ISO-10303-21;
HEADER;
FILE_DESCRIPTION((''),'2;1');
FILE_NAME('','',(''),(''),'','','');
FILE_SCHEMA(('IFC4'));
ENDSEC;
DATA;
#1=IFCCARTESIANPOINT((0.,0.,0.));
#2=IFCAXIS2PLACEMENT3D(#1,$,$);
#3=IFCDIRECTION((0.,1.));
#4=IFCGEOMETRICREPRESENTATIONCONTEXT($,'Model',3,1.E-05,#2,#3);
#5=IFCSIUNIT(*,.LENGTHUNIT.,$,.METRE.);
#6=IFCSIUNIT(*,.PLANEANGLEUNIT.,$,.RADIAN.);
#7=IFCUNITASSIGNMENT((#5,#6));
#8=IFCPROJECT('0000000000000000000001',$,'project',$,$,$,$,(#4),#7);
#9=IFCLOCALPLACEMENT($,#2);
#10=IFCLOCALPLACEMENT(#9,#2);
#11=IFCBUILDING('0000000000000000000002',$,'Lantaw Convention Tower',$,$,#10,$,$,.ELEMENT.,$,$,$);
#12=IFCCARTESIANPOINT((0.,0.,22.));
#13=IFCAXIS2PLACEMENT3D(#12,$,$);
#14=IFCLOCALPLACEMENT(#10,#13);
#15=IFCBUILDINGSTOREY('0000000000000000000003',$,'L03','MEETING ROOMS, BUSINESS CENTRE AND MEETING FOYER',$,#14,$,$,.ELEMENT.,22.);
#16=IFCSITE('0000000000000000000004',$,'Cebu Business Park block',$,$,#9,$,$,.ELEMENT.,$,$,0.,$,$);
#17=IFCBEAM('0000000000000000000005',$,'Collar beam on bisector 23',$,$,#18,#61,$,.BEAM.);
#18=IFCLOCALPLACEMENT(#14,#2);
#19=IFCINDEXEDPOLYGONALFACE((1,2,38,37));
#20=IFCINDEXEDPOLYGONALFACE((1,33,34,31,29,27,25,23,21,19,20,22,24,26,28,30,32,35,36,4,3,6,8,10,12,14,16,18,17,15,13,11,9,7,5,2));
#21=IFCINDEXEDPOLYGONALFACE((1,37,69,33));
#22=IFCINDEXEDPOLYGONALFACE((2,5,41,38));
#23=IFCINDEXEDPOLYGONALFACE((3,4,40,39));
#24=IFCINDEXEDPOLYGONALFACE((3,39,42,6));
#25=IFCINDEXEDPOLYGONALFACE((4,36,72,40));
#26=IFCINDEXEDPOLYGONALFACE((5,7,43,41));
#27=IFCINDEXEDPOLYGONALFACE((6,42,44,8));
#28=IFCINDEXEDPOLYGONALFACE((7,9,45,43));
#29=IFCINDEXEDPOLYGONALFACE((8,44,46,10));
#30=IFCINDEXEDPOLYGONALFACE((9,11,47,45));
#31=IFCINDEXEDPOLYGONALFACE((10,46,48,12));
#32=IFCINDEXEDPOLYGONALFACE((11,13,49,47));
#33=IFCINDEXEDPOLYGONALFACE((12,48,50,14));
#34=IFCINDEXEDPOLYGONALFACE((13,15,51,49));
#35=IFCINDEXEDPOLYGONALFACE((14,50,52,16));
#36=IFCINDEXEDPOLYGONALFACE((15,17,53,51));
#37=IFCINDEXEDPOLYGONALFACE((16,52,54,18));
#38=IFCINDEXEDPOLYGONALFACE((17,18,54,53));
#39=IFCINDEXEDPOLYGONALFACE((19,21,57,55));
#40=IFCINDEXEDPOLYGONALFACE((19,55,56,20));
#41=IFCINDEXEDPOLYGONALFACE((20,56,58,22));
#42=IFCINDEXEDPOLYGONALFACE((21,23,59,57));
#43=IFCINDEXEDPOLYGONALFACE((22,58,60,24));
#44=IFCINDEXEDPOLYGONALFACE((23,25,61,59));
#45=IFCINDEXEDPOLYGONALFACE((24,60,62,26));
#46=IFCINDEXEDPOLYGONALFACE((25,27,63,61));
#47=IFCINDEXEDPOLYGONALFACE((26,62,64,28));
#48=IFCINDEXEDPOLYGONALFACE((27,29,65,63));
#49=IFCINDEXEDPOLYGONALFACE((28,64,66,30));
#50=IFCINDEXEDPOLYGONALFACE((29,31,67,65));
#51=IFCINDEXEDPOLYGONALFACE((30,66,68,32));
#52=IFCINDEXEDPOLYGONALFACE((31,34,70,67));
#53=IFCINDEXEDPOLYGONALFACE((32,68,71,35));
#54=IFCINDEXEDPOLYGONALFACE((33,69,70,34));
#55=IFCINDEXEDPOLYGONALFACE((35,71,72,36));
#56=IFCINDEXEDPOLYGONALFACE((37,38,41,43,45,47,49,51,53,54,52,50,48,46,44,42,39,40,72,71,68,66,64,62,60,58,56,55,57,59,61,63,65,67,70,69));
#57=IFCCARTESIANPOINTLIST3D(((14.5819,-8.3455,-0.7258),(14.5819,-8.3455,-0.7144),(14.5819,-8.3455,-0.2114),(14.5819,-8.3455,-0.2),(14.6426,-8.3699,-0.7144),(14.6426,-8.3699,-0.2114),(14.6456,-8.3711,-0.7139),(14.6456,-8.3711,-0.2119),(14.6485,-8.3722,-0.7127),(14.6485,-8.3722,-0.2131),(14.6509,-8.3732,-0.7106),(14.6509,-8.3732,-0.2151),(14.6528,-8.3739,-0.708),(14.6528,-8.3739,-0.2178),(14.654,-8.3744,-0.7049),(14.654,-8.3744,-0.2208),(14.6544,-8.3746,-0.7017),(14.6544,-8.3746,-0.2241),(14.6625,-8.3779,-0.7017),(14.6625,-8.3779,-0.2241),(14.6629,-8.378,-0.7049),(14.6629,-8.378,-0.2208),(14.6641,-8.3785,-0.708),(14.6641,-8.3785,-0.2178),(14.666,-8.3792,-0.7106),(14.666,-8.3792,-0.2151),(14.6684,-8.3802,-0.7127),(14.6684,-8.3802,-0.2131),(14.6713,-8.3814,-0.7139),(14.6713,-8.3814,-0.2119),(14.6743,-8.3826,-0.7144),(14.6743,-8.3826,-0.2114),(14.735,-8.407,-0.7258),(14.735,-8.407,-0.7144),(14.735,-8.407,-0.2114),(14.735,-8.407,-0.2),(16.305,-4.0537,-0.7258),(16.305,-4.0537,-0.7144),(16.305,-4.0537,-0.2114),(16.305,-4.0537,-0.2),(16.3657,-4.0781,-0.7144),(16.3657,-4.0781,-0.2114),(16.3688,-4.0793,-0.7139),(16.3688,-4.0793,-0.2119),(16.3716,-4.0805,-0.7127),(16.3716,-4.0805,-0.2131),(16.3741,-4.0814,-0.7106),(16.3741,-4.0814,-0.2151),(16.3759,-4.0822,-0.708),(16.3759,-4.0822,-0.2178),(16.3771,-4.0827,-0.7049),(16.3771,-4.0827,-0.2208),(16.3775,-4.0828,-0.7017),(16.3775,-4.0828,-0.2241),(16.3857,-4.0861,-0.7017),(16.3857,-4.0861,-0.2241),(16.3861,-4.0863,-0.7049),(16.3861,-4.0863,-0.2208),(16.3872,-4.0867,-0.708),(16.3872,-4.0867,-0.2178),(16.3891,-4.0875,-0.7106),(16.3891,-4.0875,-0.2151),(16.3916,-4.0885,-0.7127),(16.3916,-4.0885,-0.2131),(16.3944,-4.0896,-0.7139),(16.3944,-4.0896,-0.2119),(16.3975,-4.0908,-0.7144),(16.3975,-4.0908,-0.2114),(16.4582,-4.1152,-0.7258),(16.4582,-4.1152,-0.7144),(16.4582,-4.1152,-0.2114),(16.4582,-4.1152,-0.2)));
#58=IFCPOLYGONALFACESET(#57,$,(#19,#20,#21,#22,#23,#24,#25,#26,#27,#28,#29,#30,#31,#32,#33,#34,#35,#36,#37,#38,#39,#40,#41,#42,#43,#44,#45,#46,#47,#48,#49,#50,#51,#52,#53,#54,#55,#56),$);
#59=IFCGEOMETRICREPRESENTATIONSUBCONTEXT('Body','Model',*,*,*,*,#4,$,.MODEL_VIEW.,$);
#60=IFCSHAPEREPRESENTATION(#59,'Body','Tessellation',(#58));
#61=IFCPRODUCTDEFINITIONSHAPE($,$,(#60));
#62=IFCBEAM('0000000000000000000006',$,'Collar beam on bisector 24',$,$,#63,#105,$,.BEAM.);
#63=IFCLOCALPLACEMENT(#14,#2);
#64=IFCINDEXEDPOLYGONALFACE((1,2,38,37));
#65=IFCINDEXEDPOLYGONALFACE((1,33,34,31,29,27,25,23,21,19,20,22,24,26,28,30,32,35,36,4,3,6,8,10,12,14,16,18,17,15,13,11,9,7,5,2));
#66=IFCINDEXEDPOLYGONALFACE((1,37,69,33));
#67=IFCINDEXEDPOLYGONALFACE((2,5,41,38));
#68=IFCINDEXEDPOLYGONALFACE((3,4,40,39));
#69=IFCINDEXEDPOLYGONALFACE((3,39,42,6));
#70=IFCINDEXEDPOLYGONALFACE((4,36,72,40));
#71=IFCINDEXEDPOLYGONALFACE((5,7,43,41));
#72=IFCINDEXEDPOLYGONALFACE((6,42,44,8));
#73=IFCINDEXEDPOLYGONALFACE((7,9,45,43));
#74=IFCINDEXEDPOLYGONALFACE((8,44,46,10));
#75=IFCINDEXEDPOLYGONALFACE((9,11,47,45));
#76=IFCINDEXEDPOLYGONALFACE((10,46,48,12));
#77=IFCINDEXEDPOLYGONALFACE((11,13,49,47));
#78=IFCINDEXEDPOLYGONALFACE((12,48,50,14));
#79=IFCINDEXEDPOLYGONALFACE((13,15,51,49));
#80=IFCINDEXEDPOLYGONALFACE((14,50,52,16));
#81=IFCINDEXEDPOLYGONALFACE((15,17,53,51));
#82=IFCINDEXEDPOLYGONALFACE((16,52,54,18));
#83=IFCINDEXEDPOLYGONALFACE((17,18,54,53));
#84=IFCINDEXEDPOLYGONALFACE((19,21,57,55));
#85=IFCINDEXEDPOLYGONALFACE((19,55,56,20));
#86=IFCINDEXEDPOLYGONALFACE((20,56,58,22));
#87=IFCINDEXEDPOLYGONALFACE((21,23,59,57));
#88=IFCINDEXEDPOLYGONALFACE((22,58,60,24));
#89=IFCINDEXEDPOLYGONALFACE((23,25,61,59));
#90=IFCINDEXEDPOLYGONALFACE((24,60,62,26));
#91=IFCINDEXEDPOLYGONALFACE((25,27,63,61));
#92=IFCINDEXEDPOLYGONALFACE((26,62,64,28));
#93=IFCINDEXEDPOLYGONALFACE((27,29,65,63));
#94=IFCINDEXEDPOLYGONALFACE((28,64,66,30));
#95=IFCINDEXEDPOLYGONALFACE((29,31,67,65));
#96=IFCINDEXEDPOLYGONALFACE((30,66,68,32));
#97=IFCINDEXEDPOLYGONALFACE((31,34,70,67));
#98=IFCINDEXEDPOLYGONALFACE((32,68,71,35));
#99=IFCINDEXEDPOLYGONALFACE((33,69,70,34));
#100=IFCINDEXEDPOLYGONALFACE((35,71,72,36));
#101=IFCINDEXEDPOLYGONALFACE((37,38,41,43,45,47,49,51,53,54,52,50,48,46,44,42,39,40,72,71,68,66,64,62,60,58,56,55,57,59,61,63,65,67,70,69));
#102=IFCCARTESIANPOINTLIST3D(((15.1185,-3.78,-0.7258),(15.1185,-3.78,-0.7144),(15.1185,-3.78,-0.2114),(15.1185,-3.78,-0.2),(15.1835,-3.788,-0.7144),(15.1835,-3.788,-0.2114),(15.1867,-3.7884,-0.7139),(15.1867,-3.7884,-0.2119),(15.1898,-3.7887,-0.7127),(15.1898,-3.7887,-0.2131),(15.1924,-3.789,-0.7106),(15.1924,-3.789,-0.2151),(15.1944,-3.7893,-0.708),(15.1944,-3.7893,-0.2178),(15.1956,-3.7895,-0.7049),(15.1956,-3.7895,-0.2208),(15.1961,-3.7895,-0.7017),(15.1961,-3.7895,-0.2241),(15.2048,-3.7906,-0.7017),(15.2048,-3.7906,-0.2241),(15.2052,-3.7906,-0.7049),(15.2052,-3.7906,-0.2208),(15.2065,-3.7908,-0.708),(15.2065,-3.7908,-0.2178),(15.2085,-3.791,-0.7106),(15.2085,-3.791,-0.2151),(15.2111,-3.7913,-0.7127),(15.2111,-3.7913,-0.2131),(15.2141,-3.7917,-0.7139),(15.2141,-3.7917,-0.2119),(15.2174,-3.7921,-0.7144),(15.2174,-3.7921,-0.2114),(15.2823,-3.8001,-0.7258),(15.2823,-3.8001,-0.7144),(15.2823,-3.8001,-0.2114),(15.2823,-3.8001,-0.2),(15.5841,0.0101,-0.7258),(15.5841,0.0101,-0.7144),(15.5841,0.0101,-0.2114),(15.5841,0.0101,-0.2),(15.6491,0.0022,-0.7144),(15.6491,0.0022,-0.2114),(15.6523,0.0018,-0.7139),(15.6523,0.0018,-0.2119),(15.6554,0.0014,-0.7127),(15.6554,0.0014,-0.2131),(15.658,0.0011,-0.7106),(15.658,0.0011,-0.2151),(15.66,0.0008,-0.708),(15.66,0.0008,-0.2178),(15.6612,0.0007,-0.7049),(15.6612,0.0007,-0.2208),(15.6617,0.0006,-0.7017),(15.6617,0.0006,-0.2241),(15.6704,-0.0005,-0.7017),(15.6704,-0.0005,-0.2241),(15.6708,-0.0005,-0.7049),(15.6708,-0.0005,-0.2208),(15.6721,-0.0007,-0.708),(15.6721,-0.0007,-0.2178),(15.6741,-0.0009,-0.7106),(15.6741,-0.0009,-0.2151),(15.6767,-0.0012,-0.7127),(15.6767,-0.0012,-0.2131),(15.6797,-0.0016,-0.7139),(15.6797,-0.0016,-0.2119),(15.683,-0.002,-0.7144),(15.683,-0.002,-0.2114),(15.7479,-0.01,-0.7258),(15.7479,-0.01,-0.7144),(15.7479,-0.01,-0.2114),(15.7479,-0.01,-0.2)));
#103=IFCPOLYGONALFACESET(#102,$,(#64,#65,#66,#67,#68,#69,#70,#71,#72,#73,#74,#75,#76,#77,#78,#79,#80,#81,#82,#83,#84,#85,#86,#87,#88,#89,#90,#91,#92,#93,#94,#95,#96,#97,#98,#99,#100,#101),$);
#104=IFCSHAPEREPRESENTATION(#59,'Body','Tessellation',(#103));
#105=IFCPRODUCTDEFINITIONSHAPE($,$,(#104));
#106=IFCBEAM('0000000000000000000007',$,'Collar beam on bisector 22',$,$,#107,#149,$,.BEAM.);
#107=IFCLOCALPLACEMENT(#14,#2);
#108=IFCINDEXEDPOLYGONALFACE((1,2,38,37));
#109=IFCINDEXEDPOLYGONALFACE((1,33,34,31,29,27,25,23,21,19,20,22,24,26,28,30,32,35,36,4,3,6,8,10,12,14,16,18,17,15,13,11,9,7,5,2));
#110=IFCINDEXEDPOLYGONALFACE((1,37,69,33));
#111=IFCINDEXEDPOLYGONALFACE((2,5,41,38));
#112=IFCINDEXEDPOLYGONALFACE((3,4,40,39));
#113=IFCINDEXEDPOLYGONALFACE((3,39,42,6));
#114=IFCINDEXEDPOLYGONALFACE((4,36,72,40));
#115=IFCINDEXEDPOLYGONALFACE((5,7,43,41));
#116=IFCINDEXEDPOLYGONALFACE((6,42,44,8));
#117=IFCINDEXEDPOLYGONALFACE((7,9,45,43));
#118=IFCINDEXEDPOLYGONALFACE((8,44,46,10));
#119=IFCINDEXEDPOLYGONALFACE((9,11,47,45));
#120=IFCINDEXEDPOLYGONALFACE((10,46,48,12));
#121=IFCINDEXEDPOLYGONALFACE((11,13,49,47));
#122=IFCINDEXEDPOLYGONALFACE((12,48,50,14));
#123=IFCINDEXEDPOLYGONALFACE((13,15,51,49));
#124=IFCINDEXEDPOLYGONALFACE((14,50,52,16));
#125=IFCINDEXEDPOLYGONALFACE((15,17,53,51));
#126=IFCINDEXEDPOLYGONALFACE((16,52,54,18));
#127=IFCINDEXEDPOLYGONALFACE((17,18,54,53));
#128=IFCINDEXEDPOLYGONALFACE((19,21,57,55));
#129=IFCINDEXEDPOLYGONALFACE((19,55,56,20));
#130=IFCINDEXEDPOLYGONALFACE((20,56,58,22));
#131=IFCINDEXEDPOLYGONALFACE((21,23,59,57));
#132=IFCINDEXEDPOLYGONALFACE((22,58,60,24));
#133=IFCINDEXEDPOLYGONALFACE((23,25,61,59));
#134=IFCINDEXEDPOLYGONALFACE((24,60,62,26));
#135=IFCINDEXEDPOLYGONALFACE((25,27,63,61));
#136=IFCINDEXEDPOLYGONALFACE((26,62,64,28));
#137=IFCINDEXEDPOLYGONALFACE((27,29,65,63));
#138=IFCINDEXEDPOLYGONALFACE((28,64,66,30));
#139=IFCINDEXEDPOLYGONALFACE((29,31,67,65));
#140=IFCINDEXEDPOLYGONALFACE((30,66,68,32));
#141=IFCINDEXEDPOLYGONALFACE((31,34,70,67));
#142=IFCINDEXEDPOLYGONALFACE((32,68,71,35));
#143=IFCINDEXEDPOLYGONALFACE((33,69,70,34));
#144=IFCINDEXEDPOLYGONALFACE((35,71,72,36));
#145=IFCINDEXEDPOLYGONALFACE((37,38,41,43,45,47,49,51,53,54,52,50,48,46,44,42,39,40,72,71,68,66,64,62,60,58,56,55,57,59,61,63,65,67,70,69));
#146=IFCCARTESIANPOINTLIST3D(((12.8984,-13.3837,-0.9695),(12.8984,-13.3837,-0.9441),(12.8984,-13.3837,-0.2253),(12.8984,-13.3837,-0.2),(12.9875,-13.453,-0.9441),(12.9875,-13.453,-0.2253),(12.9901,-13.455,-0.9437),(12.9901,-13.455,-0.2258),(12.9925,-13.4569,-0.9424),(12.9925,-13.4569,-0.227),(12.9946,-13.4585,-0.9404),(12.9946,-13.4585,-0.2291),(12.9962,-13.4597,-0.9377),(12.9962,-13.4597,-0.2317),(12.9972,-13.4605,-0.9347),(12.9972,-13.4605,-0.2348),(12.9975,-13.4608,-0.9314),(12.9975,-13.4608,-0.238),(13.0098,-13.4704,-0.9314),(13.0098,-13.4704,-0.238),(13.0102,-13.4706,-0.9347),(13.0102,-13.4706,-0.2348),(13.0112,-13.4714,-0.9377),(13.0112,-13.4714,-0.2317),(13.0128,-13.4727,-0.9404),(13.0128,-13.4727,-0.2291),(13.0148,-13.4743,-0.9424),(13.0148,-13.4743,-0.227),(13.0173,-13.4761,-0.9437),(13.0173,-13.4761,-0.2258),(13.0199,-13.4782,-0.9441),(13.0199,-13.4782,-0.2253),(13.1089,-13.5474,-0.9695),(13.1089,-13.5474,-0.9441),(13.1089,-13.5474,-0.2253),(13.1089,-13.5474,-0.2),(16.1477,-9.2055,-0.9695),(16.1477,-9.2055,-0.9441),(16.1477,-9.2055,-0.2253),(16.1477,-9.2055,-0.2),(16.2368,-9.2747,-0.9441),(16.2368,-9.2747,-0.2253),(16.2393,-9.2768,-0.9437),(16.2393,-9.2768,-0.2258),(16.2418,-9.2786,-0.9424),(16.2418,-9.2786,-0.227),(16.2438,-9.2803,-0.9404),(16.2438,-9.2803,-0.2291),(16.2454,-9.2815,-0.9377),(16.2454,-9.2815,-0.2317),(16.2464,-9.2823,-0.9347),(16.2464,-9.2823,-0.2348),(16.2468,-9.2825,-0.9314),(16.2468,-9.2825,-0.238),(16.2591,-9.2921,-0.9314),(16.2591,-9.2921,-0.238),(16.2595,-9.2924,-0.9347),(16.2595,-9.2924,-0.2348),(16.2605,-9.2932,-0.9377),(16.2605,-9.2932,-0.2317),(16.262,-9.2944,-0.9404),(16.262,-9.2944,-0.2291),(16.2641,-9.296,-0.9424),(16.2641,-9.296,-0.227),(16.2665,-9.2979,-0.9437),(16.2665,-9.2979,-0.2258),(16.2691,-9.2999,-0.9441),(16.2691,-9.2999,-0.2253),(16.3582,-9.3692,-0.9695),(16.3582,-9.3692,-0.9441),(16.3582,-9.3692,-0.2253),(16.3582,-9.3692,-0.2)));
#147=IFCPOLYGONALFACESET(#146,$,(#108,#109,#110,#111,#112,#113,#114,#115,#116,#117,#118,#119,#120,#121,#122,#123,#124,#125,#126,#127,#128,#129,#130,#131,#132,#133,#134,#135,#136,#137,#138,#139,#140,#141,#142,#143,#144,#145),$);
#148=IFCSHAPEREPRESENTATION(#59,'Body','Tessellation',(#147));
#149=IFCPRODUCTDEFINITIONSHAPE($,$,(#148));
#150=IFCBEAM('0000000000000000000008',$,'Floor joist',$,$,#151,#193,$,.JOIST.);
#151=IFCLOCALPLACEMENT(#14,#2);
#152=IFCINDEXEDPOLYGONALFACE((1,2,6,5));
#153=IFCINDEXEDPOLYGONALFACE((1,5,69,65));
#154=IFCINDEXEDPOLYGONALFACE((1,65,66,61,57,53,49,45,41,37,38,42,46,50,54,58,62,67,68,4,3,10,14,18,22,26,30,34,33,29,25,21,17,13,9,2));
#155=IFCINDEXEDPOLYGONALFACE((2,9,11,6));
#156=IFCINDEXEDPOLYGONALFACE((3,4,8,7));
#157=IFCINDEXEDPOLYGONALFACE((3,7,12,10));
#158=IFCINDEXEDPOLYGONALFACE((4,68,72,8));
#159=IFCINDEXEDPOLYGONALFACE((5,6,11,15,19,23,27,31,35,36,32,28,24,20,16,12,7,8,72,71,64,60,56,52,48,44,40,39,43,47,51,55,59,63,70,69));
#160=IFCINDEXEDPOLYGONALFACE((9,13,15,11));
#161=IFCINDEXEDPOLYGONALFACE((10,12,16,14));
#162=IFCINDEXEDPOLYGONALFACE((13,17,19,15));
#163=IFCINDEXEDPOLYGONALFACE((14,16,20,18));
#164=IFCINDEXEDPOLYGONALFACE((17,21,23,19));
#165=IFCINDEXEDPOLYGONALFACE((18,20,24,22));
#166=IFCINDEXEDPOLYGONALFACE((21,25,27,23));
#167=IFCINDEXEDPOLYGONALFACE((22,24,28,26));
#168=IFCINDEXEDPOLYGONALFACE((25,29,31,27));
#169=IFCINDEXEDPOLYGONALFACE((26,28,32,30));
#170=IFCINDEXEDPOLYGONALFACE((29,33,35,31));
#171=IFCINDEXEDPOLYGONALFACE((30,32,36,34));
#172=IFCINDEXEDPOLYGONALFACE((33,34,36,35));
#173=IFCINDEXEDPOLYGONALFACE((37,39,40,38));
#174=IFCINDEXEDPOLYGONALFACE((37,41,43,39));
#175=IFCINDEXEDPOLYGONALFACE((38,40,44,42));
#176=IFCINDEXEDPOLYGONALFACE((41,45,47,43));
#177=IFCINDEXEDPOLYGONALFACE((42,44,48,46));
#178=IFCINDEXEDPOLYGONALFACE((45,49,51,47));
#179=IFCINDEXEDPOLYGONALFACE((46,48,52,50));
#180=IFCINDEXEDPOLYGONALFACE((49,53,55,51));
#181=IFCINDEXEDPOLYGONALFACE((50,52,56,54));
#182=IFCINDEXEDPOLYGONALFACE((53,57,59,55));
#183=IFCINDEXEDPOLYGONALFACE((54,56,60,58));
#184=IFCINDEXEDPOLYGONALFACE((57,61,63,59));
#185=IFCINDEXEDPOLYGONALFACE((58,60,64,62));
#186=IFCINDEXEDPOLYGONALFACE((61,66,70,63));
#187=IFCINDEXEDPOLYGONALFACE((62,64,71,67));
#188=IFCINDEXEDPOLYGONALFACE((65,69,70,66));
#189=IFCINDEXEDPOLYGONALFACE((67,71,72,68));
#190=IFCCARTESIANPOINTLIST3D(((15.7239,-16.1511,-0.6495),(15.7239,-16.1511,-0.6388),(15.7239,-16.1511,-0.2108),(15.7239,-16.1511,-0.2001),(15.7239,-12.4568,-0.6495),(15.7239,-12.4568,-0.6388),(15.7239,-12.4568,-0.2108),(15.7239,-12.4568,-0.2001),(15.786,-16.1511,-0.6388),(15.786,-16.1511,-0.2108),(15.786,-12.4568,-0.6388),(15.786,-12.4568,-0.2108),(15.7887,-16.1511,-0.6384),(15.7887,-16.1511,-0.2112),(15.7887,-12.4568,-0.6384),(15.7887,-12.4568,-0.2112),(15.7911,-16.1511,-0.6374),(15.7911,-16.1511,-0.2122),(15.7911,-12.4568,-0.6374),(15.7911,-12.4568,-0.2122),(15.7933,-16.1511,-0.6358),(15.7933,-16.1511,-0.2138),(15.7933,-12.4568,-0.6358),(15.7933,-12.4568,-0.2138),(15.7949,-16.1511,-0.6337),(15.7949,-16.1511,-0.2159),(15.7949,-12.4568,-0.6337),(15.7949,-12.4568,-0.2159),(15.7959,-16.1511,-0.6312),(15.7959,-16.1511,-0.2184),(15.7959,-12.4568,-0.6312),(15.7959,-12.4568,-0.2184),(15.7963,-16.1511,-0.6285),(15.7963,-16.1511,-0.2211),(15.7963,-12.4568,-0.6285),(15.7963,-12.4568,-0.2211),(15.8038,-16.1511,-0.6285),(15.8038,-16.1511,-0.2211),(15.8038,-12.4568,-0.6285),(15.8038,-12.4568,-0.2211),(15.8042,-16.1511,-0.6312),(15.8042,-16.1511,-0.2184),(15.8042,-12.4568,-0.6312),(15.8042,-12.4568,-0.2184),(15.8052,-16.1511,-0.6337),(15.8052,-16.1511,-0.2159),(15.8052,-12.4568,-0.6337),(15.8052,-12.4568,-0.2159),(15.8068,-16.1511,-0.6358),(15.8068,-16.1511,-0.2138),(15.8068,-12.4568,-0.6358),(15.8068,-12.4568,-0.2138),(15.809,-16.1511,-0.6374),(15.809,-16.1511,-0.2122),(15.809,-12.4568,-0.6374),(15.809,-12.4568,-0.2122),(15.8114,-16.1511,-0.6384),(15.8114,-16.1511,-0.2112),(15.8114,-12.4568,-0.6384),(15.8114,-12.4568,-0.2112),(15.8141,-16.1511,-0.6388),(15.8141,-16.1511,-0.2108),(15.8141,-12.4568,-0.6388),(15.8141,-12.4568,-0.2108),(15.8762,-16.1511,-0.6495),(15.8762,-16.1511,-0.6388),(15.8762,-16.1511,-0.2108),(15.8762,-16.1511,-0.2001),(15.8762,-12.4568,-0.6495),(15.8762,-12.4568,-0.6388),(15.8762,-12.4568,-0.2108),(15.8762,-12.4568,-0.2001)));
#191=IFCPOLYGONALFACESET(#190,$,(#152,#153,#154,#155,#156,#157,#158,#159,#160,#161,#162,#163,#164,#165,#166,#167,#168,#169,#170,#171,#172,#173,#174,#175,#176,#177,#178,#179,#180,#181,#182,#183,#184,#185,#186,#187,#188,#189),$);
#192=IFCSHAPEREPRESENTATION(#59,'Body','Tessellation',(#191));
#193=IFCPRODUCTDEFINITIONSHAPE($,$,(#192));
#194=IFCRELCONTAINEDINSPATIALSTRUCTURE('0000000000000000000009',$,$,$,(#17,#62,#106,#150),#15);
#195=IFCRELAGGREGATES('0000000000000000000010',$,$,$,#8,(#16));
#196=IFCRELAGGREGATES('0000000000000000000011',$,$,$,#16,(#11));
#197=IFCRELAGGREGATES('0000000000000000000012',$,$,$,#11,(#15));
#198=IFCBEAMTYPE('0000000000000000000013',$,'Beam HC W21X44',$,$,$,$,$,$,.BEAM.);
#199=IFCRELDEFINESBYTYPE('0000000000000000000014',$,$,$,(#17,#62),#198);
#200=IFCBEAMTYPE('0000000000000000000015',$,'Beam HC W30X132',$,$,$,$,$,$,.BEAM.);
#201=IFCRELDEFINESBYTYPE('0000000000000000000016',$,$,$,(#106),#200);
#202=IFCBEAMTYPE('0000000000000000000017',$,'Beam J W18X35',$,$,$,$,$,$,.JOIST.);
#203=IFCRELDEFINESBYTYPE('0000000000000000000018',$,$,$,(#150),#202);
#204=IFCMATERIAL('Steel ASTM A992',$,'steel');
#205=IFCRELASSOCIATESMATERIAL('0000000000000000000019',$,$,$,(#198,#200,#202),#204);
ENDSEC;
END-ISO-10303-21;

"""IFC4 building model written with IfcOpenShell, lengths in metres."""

from ifc_helpers import new_model, si_unit, direction, frame, origin, origin_2d, place, context, subcontext, project, spatial, i_section, extrude, material, material_profile, profile_set, type_object, element, save


model = new_model("IFC4")

# Units and contexts
model_context = context("Model", 3, precision=1e-05, world=origin(), true_north=direction((0.0, 1.0)))
body_context = subcontext(model_context, "Body", "Model", "MODEL_VIEW")
ifc_project = project(units=[si_unit("LENGTHUNIT", "METRE"), si_unit("PLANEANGLEUNIT", "RADIAN")], contexts=[model_context])

# Site, building, storey
site_placement = place(None, origin())
site = spatial("IfcSite", under=ifc_project, at=site_placement, Name="Cebu Business Park block", CompositionType="ELEMENT", RefElevation=0.0)
building_placement = place(site_placement, origin())
building = spatial("IfcBuilding", under=site, at=building_placement, Name="Lantaw Convention Tower", CompositionType="ELEMENT")
storey_placement = place(building_placement, frame((0.0, 0.0, 22.0)))
storey = spatial("IfcBuildingStorey", under=building, at=storey_placement, Name="L03", Description="MEETING ROOMS, BUSINESS CENTRE AND MEETING FOYER", CompositionType="ELEMENT", Elevation=22.0)

# Beams
ifc_material_1 = material(Name="Steel ASTM A992", Category="steel")
ifc_material_profile_1 = material_profile(ifc_material_1, i_section(OverallWidth=0.165, OverallDepth=0.5259, WebThickness=0.0088, FlangeThickness=0.0115, FilletRadius=0.0127, at=origin_2d()), Name="W21X44")
ifc_profile_set_1 = profile_set([ifc_material_profile_1], Name="Steel ASTM A992")
beam_type_1 = type_object("IfcBeamType", Name="Beam HC W21X44", PredefinedType="BEAM", material=ifc_profile_set_1)
beam_1_placement = place(storey_placement, frame((14.6584, -8.3762, -0.4629), z_axis=(0.372592, 0.927995, 0.0), x_axis=(-0.927995, 0.372592, 0.0)))
element("IfcBeam", 1, at=beam_1_placement, inside=storey, type_object=beam_type_1, Name="Collar beam on bisector 23", PredefinedType="BEAM", context=body_context, shape_type="SweptSolid", body=[
    extrude(i_section(OverallWidth=0.165, OverallDepth=0.5259, WebThickness=0.0088, FlangeThickness=0.0115, FilletRadius=0.0127, at=origin_2d()), origin(), (0.0, 0.0, 1.0), 4.6248),
])
beam_2_placement = place(storey_placement, frame((15.2004, -3.79, -0.4629), z_axis=(0.121926, 0.992539, 0.0), x_axis=(-0.992539, 0.121926, 0.0)))
element("IfcBeam", 2, at=beam_2_placement, inside=storey, type_object=beam_type_1, Name="Collar beam on bisector 24", PredefinedType="BEAM", context=body_context, shape_type="SweptSolid", body=[
    extrude(i_section(OverallWidth=0.165, OverallDepth=0.5259, WebThickness=0.0088, FlangeThickness=0.0115, FilletRadius=0.0127, at=origin_2d()), origin(), (0.0, 0.0, 1.0), 3.8186),
])
ifc_material_profile_2 = material_profile(ifc_material_1, i_section(OverallWidth=0.2666, OverallDepth=0.7695, WebThickness=0.0156, FlangeThickness=0.0254, FilletRadius=0.0127, at=origin_2d()), Name="W30X132")
ifc_profile_set_2 = profile_set([ifc_material_profile_2], Name="Steel ASTM A992")
beam_type_2 = type_object("IfcBeamType", Name="Beam HC W30X132", PredefinedType="BEAM", material=ifc_profile_set_2)
beam_3_placement = place(storey_placement, frame((13.0037, -13.4656, -0.5847), z_axis=(0.613886, 0.789394, 0.0), x_axis=(-0.789394, 0.613886, 0.0)))
element("IfcBeam", 3, at=beam_3_placement, inside=storey, type_object=beam_type_2, Name="Collar beam on bisector 22", PredefinedType="BEAM", context=body_context, shape_type="SweptSolid", body=[
    extrude(i_section(OverallWidth=0.2666, OverallDepth=0.7695, WebThickness=0.0156, FlangeThickness=0.0254, FilletRadius=0.0127, at=origin_2d()), origin(), (0.0, 0.0, 1.0), 5.293),
])
ifc_material_profile_3 = material_profile(ifc_material_1, i_section(OverallWidth=0.1523, OverallDepth=0.4495, WebThickness=0.0076, FlangeThickness=0.0107, FilletRadius=0.0103, at=origin_2d()), Name="W18X35")
ifc_profile_set_3 = profile_set([ifc_material_profile_3], Name="Steel ASTM A992")
beam_type_3 = type_object("IfcBeamType", Name="Beam J W18X35", PredefinedType="JOIST", material=ifc_profile_set_3)
beam_4_placement = place(storey_placement, frame((15.8, -16.1511, -0.4248), z_axis=(0.0, 1.0, 0.0), x_axis=(-1.0, 0.0, 0.0)))
element("IfcBeam", 4, at=beam_4_placement, inside=storey, type_object=beam_type_3, Name="Floor joist", PredefinedType="JOIST", context=body_context, shape_type="SweptSolid", body=[
    extrude(i_section(OverallWidth=0.1523, OverallDepth=0.4495, WebThickness=0.0076, FlangeThickness=0.0107, FilletRadius=0.0103, at=origin_2d()), origin(), (0.0, 0.0, 1.0), 3.6943),
])

save(model, "model.ifc")
